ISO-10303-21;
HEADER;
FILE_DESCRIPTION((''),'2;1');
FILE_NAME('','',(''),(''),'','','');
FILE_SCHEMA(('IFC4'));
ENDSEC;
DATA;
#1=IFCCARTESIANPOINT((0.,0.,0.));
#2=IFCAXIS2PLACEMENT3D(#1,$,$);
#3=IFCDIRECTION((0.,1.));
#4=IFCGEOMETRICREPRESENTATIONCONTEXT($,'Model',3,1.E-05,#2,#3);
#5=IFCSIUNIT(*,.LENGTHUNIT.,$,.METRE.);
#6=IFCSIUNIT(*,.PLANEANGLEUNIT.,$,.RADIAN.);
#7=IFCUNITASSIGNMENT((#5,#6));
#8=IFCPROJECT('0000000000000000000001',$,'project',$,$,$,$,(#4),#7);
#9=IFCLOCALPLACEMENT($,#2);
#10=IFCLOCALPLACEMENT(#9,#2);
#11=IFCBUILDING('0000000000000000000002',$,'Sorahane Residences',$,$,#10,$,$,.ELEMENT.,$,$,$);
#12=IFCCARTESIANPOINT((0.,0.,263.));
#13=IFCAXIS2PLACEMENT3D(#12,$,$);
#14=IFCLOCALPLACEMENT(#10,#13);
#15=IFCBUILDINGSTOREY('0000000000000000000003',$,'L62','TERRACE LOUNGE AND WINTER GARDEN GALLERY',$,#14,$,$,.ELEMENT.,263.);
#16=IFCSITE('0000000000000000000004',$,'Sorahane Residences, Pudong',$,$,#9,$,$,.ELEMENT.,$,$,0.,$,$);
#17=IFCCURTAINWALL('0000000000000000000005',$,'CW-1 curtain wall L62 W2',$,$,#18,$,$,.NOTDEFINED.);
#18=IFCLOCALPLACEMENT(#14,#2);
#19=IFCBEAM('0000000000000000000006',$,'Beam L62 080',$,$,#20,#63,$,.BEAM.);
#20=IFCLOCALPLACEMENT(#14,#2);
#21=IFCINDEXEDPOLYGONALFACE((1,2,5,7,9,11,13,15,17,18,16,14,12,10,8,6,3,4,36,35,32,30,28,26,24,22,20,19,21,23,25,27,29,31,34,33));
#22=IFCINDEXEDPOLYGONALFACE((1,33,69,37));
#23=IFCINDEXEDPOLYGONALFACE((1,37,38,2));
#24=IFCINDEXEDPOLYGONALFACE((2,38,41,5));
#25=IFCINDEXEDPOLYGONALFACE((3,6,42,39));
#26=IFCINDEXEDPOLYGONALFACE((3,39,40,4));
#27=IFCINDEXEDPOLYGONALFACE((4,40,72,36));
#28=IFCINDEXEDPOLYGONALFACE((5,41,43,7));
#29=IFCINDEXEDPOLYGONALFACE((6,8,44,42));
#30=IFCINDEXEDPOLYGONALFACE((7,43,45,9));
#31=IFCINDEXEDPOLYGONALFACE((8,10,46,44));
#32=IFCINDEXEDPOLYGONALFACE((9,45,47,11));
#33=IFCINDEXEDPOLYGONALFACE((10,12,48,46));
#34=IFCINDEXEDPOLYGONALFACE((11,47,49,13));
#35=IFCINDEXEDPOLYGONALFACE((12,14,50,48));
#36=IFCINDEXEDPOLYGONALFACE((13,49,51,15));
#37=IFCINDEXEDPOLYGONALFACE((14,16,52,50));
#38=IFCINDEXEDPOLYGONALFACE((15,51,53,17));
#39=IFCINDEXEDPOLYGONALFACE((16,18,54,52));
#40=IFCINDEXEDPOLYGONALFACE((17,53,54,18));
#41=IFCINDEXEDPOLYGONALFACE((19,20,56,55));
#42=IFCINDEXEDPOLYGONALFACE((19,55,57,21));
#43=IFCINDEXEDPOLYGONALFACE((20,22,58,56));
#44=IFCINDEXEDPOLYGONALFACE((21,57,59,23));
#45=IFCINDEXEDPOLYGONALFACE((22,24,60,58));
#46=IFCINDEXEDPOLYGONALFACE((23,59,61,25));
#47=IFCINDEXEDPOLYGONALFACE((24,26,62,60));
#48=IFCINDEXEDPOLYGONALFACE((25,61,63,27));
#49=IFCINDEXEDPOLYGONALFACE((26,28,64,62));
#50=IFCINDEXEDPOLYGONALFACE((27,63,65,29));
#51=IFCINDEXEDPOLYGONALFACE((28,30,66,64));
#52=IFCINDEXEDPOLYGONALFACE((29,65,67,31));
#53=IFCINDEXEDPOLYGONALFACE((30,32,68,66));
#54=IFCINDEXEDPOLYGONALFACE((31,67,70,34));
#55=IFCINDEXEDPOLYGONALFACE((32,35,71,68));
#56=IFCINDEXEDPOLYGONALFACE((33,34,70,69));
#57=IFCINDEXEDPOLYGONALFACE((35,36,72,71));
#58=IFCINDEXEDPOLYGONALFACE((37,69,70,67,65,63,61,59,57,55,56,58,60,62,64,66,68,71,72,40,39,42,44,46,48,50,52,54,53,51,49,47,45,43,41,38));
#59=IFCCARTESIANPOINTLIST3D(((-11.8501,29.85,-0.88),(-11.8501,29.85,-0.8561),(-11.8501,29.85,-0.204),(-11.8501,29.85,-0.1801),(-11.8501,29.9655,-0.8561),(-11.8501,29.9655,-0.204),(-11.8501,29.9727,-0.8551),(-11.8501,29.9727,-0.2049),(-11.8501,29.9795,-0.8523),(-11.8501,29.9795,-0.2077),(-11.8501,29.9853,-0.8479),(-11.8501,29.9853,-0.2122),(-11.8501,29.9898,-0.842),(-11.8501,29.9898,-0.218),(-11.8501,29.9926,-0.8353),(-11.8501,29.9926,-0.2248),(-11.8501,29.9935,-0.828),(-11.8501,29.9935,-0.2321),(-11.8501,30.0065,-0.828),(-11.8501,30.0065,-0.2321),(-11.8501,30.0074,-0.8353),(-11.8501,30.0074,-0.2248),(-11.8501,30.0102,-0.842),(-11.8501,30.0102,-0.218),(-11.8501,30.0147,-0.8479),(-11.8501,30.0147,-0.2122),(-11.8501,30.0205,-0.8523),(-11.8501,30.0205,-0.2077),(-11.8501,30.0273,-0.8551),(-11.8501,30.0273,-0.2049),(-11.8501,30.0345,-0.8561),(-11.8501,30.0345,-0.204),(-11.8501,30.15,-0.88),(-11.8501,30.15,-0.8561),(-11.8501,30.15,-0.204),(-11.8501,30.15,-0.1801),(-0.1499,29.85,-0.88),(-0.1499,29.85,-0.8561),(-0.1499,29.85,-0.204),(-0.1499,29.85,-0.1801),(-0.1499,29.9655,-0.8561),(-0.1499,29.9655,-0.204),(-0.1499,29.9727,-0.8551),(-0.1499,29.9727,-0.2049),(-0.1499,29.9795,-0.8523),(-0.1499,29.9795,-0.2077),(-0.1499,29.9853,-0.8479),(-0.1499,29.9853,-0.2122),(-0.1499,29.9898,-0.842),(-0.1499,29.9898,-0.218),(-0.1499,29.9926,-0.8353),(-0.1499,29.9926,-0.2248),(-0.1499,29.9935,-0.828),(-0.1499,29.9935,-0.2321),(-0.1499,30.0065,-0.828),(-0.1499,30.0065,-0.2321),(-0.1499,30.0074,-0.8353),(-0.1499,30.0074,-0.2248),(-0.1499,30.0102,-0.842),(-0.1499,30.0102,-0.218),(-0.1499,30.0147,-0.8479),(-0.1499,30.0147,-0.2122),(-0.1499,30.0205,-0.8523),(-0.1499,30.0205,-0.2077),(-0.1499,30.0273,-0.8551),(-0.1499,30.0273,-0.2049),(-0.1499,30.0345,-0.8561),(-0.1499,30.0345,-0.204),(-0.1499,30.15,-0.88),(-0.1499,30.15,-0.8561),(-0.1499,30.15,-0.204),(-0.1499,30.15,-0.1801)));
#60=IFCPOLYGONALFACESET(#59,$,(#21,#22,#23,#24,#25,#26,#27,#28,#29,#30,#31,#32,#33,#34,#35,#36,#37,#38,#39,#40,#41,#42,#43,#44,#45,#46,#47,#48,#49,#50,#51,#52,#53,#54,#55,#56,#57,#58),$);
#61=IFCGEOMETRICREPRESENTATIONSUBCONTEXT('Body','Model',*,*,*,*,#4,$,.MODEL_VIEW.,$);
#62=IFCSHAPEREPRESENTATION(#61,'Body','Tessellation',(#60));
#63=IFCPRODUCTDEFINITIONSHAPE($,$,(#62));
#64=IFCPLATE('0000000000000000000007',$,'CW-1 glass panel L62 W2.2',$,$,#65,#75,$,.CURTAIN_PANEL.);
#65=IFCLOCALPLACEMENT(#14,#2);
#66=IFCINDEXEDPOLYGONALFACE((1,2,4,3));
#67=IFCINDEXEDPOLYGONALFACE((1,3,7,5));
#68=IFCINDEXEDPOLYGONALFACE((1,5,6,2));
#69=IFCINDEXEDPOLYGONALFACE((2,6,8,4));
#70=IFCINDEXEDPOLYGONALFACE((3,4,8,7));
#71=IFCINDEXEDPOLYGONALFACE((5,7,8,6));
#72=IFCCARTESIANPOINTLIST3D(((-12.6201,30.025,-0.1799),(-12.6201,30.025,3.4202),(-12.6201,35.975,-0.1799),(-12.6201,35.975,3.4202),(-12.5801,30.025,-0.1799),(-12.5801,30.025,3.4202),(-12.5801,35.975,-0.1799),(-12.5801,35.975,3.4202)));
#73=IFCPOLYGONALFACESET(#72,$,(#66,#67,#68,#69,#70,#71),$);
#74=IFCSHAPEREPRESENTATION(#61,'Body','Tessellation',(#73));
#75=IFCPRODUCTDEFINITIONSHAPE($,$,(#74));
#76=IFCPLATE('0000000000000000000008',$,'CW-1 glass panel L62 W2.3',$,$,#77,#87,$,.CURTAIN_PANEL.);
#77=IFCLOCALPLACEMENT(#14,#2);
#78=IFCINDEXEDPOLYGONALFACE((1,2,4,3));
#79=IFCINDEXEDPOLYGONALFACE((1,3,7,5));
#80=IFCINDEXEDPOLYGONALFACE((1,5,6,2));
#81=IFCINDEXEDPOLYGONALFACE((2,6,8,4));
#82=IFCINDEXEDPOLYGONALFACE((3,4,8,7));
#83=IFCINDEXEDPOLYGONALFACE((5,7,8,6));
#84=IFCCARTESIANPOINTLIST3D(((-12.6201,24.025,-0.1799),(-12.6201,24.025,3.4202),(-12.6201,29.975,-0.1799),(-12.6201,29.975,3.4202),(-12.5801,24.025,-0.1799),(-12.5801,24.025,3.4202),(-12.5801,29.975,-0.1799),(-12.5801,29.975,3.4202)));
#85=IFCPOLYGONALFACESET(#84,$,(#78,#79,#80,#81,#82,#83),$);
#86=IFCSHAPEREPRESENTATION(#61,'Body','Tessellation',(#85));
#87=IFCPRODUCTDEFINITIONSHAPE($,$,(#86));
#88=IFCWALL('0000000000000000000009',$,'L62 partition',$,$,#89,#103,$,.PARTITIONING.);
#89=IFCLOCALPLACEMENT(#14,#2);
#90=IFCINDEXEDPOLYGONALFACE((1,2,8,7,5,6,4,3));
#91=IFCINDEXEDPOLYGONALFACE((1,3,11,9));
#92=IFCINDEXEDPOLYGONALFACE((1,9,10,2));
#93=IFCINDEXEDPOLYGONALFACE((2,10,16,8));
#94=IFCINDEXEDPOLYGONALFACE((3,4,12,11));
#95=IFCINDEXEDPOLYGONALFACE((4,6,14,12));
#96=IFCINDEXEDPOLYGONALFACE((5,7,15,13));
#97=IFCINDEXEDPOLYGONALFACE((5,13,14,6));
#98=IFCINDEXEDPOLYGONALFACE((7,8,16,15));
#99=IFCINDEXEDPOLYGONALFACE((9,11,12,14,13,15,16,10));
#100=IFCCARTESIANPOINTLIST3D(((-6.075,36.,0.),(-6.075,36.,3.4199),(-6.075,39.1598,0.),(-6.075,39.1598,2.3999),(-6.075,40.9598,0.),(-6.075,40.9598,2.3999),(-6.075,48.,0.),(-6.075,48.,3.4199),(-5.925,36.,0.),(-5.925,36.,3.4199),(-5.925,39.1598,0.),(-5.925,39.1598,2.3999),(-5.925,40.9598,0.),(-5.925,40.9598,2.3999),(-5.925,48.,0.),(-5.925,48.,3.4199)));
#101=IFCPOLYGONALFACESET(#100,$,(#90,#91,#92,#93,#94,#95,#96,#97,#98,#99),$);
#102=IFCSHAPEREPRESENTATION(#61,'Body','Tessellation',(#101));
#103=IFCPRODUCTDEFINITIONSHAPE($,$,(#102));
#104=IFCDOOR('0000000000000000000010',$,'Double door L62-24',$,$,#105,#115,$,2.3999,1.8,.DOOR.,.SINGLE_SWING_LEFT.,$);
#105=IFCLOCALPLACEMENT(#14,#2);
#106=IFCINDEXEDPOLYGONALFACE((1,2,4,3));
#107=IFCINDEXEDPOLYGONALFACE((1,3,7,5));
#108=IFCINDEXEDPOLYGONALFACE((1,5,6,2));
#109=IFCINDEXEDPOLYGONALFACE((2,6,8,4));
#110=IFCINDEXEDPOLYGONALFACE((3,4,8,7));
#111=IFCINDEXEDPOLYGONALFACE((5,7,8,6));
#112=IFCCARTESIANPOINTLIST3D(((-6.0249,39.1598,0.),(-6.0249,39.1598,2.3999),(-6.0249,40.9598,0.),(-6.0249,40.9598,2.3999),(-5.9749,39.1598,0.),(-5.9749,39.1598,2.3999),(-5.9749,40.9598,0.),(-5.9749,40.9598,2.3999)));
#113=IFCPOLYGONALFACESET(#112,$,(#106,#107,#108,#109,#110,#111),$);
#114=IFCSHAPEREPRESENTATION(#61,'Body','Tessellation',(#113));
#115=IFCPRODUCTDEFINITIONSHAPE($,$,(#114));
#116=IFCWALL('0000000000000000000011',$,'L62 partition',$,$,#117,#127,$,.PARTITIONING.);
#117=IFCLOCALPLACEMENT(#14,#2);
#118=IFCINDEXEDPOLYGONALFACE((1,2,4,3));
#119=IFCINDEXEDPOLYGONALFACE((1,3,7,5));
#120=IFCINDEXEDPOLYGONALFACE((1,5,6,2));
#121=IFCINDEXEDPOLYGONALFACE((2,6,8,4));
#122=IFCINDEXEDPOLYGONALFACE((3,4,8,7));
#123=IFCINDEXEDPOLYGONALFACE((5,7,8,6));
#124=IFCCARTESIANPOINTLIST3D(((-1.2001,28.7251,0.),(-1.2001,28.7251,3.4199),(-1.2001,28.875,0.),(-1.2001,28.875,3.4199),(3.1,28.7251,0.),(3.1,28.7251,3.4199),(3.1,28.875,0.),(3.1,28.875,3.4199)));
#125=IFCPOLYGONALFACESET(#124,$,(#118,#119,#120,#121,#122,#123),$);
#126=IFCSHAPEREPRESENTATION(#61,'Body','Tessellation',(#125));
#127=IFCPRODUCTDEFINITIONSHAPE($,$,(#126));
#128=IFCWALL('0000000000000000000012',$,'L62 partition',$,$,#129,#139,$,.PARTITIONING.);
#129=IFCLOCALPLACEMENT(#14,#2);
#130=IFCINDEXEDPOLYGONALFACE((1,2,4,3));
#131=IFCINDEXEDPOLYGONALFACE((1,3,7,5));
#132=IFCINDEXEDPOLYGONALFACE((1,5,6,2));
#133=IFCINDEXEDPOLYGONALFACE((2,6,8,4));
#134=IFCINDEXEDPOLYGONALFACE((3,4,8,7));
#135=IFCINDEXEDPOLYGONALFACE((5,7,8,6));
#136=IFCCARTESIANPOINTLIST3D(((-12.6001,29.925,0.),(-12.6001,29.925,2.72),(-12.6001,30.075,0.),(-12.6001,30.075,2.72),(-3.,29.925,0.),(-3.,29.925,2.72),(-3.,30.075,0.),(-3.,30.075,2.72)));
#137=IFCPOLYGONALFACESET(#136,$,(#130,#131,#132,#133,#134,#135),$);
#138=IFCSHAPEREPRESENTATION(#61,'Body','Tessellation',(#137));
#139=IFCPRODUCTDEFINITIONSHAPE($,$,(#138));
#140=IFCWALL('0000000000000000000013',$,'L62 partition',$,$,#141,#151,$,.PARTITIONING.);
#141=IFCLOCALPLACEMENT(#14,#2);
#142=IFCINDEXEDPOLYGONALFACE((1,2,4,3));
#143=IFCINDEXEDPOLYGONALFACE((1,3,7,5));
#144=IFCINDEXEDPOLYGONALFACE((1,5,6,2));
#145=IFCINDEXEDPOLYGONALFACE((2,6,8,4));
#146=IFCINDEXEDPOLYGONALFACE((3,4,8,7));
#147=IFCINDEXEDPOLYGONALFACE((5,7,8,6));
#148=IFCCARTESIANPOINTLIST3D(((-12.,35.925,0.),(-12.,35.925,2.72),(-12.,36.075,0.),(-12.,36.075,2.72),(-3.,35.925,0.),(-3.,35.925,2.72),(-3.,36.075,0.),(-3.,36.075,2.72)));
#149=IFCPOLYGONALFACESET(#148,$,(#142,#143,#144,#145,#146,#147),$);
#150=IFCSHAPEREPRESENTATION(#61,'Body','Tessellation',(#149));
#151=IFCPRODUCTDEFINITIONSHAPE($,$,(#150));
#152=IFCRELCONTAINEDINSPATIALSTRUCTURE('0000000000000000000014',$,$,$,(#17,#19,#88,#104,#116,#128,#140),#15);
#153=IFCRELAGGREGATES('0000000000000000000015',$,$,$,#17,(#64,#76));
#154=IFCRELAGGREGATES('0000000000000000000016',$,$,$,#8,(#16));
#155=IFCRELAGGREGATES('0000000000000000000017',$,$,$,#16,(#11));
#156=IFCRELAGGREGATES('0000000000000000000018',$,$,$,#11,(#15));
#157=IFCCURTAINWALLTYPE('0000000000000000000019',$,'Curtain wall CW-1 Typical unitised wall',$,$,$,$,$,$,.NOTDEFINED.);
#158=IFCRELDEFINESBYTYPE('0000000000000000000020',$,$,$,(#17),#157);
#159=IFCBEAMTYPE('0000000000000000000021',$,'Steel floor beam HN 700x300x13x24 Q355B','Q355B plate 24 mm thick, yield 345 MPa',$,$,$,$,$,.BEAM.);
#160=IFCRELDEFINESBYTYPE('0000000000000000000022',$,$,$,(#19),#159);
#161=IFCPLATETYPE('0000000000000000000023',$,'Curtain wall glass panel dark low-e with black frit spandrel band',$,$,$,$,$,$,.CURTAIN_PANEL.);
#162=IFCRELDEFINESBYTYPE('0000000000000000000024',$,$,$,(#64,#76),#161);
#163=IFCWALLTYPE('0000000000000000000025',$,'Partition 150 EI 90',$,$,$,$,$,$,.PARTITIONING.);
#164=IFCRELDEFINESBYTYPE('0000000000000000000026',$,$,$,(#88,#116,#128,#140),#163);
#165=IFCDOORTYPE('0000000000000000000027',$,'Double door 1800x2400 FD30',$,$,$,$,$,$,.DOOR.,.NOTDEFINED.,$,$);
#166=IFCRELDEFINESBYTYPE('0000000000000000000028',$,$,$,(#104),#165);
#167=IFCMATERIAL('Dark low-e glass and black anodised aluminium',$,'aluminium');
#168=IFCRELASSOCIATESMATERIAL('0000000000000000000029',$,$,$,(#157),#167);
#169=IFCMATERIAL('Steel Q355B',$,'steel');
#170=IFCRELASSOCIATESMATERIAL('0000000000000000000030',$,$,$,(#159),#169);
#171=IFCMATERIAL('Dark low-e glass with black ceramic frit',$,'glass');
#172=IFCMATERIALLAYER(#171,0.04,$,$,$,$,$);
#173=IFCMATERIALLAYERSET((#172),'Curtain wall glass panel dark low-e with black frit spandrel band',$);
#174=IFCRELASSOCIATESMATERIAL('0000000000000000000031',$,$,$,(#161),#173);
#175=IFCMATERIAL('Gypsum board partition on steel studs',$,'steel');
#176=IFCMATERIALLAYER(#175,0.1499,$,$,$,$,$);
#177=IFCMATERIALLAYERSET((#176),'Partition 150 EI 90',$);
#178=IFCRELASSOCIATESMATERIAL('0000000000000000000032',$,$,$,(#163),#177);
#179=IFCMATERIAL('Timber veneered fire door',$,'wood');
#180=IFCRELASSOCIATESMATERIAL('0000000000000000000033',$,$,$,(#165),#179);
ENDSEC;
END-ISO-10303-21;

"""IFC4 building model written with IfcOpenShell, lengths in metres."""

from ifc_helpers import new_model, si_unit, direction, frame, frame_2d, origin, origin_2d, place, context, subcontext, project, spatial, rectangle, i_section, extrude, material, layer, layer_set, material_profile, profile_set, type_object, element, fill, aggregate, save


model = new_model("IFC4")

# Units and contexts
model_context = context("Model", 3, precision=1e-05, world=origin(), true_north=direction((0.0, 1.0)))
body_context = subcontext(model_context, "Body", "Model", "MODEL_VIEW")
ifc_project = project(units=[si_unit("LENGTHUNIT", "METRE"), si_unit("PLANEANGLEUNIT", "RADIAN")], contexts=[model_context])

# Site, building, storey
site_placement = place(None, origin())
site = spatial("IfcSite", under=ifc_project, at=site_placement, Name="Sorahane Residences, Pudong", CompositionType="ELEMENT", RefElevation=0.0)
building_placement = place(site_placement, origin())
building = spatial("IfcBuilding", under=site, at=building_placement, Name="Sorahane Residences", CompositionType="ELEMENT")
storey_placement = place(building_placement, frame((0.0, 0.0, 263.0)))
storey = spatial("IfcBuildingStorey", under=building, at=storey_placement, Name="L62", Description="TERRACE LOUNGE AND WINTER GARDEN GALLERY", CompositionType="ELEMENT", Elevation=263.0)

# Curtain wall
ifc_material_1 = material(Name="Dark low-e glass and black anodised aluminium", Category="aluminium")
curtain_wall_type = type_object("IfcCurtainWallType", Name="Curtain wall CW-1 Typical unitised wall", PredefinedType="NOTDEFINED", material=ifc_material_1)
curtain_wall_placement = place(storey_placement, origin())
curtain_wall = element("IfcCurtainWall", 1, at=curtain_wall_placement, inside=storey, type_object=curtain_wall_type, Name="CW-1 curtain wall L62 W2", PredefinedType="NOTDEFINED")

# Beam
ifc_material_2 = material(Name="Steel Q355B", Category="steel")
ifc_material_profile_1 = material_profile(ifc_material_2, i_section(OverallWidth=0.3, OverallDepth=0.7, WebThickness=0.0129, FlangeThickness=0.0239, FilletRadius=0.0281, at=origin_2d()), Name="HN 700x300x13x24")
ifc_profile_set_1 = profile_set([ifc_material_profile_1], Name="Steel Q355B")
beam_type_1 = type_object("IfcBeamType", Name="Steel floor beam HN 700x300x13x24 Q355B", Description="Q355B plate 24 mm thick, yield 345 MPa", PredefinedType="BEAM", material=ifc_profile_set_1)
beam_1_placement = place(storey_placement, frame((-11.8501, 30.0, -0.53), z_axis=(1.0, 0.0, 0.0), x_axis=(0.0, 1.0, 0.0)))
element("IfcBeam", 2, at=beam_1_placement, inside=storey, type_object=beam_type_1, Name="Beam L62 080", PredefinedType="BEAM", context=body_context, shape_type="SweptSolid", body=[
    extrude(i_section(OverallWidth=0.3, OverallDepth=0.7, WebThickness=0.0129, FlangeThickness=0.0239, FilletRadius=0.0281, at=origin_2d()), origin(), (0.0, 0.0, 1.0), 11.7002),
])

# Plates
ifc_material_3 = material(Name="Dark low-e glass with black ceramic frit", Category="glass")
ifc_layer_1 = layer(ifc_material_3, 0.04)
ifc_layer_set_1 = layer_set([ifc_layer_1], Name="Curtain wall glass panel dark low-e with black frit spandrel band")
plate_type = type_object("IfcPlateType", Name="Curtain wall glass panel dark low-e with black frit spandrel band", PredefinedType="CURTAIN_PANEL", material=ifc_layer_set_1)
plate_1_placement = place(storey_placement, frame((-12.6001, 33.0, -0.1799), z_axis=(0.0, 0.0, 1.0), x_axis=(0.0, -1.0, 0.0)))
plate_1 = element("IfcPlate", 3, at=plate_1_placement, type_object=plate_type, Name="CW-1 glass panel L62 W2.2", PredefinedType="CURTAIN_PANEL", context=body_context, shape_type="SweptSolid", body=[
    extrude(rectangle(XDim=5.95, YDim=0.04, at=origin_2d()), origin(), (0.0, 0.0, 1.0), 3.6001),
])
plate_2_placement = place(storey_placement, frame((-12.6001, 27.0, -0.1799), z_axis=(0.0, 0.0, 1.0), x_axis=(0.0, -1.0, 0.0)))
plate_2 = element("IfcPlate", 4, at=plate_2_placement, type_object=plate_type, Name="CW-1 glass panel L62 W2.3", PredefinedType="CURTAIN_PANEL", context=body_context, shape_type="SweptSolid", body=[
    extrude(rectangle(XDim=5.95, YDim=0.04, at=origin_2d()), origin(), (0.0, 0.0, 1.0), 3.6001),
])
aggregate(curtain_wall, [plate_1, plate_2])

# Wall, opening, door
ifc_material_4 = material(Name="Gypsum board partition on steel studs", Category="steel")
ifc_layer_2 = layer(ifc_material_4, 0.1499)
ifc_layer_set_2 = layer_set([ifc_layer_2], Name="Partition 150 EI 90")
wall_type = type_object("IfcWallType", Name="Partition 150 EI 90", PredefinedType="PARTITIONING", material=ifc_layer_set_2)
wall_1_placement = place(storey_placement, frame((-6.0, 36.0, 0.0), z_axis=(0.0, 0.0, 1.0), x_axis=(0.0, 1.0, 0.0)))
wall_1 = element("IfcWall", 5, at=wall_1_placement, inside=storey, type_object=wall_type, Name="L62 partition", PredefinedType="PARTITIONING", context=body_context, shape_type="SweptSolid", body=[
    extrude(rectangle(XDim=12.0, YDim=0.1499, at=frame_2d((6.0, 0.0))), origin(), (0.0, 0.0, 1.0), 3.4199),
])
opening_placement = place(wall_1_placement, frame((3.1599, 0.0, 0.0)))
opening = element("IfcOpeningElement", 6, at=opening_placement, cuts=wall_1, PredefinedType="OPENING", context=body_context, shape_type="SweptSolid", body=[
    extrude(rectangle(XDim=1.8, YDim=2.3999, at=frame_2d((0.8999, 1.2))), frame((0.0, 0.085, 0.0), z_axis=(0.0, -1.0, 0.0), x_axis=(1.0, 0.0, 0.0)), (0.0, 0.0, 1.0), 0.1699),
])
ifc_material_5 = material(Name="Timber veneered fire door", Category="wood")
door_type = type_object("IfcDoorType", Name="Double door 1800x2400 FD30", OperationType="NOTDEFINED", PredefinedType="DOOR", material=ifc_material_5)
door_placement = place(opening_placement, origin())
door = element("IfcDoor", 7, at=door_placement, inside=storey, type_object=door_type, Name="Double door L62-24", OperationType="SINGLE_SWING_LEFT", OverallHeight=2.3999, OverallWidth=1.8, PredefinedType="DOOR", context=body_context, shape_type="SweptSolid", body=[
    extrude(rectangle(XDim=1.8, YDim=2.3999, at=frame_2d((0.8999, 1.2))), frame((0.0, 0.0249, 0.0), z_axis=(0.0, -1.0, 0.0), x_axis=(1.0, 0.0, 0.0)), (0.0, 0.0, 1.0), 0.05),
])
fill(opening, door)

# Walls
wall_2_placement = place(storey_placement, frame((-1.2, 28.8, 0.0), z_axis=(0.0, 0.0, 1.0), x_axis=(1.0, 0.0, 0.0)))
element("IfcWall", 8, at=wall_2_placement, inside=storey, type_object=wall_type, Name="L62 partition", PredefinedType="PARTITIONING", context=body_context, shape_type="SweptSolid", body=[
    extrude(rectangle(XDim=4.3, YDim=0.1499, at=frame_2d((2.1499, 0.0))), origin(), (0.0, 0.0, 1.0), 3.4199),
])
wall_3_placement = place(storey_placement, frame((-12.6001, 30.0, 0.0), z_axis=(0.0, 0.0, 1.0), x_axis=(1.0, 0.0, 0.0)))
element("IfcWall", 9, at=wall_3_placement, inside=storey, type_object=wall_type, Name="L62 partition", PredefinedType="PARTITIONING", context=body_context, shape_type="SweptSolid", body=[
    extrude(rectangle(XDim=9.6001, YDim=0.1499, at=frame_2d((4.8, 0.0))), origin(), (0.0, 0.0, 1.0), 2.72),
])
wall_4_placement = place(storey_placement, frame((-12.0, 36.0, 0.0), z_axis=(0.0, 0.0, 1.0), x_axis=(1.0, 0.0, 0.0)))
element("IfcWall", 10, at=wall_4_placement, inside=storey, type_object=wall_type, Name="L62 partition", PredefinedType="PARTITIONING", context=body_context, shape_type="SweptSolid", body=[
    extrude(rectangle(XDim=9.0, YDim=0.1499, at=frame_2d((4.5, 0.0))), origin(), (0.0, 0.0, 1.0), 2.72),
])

save(model, "model.ifc")
